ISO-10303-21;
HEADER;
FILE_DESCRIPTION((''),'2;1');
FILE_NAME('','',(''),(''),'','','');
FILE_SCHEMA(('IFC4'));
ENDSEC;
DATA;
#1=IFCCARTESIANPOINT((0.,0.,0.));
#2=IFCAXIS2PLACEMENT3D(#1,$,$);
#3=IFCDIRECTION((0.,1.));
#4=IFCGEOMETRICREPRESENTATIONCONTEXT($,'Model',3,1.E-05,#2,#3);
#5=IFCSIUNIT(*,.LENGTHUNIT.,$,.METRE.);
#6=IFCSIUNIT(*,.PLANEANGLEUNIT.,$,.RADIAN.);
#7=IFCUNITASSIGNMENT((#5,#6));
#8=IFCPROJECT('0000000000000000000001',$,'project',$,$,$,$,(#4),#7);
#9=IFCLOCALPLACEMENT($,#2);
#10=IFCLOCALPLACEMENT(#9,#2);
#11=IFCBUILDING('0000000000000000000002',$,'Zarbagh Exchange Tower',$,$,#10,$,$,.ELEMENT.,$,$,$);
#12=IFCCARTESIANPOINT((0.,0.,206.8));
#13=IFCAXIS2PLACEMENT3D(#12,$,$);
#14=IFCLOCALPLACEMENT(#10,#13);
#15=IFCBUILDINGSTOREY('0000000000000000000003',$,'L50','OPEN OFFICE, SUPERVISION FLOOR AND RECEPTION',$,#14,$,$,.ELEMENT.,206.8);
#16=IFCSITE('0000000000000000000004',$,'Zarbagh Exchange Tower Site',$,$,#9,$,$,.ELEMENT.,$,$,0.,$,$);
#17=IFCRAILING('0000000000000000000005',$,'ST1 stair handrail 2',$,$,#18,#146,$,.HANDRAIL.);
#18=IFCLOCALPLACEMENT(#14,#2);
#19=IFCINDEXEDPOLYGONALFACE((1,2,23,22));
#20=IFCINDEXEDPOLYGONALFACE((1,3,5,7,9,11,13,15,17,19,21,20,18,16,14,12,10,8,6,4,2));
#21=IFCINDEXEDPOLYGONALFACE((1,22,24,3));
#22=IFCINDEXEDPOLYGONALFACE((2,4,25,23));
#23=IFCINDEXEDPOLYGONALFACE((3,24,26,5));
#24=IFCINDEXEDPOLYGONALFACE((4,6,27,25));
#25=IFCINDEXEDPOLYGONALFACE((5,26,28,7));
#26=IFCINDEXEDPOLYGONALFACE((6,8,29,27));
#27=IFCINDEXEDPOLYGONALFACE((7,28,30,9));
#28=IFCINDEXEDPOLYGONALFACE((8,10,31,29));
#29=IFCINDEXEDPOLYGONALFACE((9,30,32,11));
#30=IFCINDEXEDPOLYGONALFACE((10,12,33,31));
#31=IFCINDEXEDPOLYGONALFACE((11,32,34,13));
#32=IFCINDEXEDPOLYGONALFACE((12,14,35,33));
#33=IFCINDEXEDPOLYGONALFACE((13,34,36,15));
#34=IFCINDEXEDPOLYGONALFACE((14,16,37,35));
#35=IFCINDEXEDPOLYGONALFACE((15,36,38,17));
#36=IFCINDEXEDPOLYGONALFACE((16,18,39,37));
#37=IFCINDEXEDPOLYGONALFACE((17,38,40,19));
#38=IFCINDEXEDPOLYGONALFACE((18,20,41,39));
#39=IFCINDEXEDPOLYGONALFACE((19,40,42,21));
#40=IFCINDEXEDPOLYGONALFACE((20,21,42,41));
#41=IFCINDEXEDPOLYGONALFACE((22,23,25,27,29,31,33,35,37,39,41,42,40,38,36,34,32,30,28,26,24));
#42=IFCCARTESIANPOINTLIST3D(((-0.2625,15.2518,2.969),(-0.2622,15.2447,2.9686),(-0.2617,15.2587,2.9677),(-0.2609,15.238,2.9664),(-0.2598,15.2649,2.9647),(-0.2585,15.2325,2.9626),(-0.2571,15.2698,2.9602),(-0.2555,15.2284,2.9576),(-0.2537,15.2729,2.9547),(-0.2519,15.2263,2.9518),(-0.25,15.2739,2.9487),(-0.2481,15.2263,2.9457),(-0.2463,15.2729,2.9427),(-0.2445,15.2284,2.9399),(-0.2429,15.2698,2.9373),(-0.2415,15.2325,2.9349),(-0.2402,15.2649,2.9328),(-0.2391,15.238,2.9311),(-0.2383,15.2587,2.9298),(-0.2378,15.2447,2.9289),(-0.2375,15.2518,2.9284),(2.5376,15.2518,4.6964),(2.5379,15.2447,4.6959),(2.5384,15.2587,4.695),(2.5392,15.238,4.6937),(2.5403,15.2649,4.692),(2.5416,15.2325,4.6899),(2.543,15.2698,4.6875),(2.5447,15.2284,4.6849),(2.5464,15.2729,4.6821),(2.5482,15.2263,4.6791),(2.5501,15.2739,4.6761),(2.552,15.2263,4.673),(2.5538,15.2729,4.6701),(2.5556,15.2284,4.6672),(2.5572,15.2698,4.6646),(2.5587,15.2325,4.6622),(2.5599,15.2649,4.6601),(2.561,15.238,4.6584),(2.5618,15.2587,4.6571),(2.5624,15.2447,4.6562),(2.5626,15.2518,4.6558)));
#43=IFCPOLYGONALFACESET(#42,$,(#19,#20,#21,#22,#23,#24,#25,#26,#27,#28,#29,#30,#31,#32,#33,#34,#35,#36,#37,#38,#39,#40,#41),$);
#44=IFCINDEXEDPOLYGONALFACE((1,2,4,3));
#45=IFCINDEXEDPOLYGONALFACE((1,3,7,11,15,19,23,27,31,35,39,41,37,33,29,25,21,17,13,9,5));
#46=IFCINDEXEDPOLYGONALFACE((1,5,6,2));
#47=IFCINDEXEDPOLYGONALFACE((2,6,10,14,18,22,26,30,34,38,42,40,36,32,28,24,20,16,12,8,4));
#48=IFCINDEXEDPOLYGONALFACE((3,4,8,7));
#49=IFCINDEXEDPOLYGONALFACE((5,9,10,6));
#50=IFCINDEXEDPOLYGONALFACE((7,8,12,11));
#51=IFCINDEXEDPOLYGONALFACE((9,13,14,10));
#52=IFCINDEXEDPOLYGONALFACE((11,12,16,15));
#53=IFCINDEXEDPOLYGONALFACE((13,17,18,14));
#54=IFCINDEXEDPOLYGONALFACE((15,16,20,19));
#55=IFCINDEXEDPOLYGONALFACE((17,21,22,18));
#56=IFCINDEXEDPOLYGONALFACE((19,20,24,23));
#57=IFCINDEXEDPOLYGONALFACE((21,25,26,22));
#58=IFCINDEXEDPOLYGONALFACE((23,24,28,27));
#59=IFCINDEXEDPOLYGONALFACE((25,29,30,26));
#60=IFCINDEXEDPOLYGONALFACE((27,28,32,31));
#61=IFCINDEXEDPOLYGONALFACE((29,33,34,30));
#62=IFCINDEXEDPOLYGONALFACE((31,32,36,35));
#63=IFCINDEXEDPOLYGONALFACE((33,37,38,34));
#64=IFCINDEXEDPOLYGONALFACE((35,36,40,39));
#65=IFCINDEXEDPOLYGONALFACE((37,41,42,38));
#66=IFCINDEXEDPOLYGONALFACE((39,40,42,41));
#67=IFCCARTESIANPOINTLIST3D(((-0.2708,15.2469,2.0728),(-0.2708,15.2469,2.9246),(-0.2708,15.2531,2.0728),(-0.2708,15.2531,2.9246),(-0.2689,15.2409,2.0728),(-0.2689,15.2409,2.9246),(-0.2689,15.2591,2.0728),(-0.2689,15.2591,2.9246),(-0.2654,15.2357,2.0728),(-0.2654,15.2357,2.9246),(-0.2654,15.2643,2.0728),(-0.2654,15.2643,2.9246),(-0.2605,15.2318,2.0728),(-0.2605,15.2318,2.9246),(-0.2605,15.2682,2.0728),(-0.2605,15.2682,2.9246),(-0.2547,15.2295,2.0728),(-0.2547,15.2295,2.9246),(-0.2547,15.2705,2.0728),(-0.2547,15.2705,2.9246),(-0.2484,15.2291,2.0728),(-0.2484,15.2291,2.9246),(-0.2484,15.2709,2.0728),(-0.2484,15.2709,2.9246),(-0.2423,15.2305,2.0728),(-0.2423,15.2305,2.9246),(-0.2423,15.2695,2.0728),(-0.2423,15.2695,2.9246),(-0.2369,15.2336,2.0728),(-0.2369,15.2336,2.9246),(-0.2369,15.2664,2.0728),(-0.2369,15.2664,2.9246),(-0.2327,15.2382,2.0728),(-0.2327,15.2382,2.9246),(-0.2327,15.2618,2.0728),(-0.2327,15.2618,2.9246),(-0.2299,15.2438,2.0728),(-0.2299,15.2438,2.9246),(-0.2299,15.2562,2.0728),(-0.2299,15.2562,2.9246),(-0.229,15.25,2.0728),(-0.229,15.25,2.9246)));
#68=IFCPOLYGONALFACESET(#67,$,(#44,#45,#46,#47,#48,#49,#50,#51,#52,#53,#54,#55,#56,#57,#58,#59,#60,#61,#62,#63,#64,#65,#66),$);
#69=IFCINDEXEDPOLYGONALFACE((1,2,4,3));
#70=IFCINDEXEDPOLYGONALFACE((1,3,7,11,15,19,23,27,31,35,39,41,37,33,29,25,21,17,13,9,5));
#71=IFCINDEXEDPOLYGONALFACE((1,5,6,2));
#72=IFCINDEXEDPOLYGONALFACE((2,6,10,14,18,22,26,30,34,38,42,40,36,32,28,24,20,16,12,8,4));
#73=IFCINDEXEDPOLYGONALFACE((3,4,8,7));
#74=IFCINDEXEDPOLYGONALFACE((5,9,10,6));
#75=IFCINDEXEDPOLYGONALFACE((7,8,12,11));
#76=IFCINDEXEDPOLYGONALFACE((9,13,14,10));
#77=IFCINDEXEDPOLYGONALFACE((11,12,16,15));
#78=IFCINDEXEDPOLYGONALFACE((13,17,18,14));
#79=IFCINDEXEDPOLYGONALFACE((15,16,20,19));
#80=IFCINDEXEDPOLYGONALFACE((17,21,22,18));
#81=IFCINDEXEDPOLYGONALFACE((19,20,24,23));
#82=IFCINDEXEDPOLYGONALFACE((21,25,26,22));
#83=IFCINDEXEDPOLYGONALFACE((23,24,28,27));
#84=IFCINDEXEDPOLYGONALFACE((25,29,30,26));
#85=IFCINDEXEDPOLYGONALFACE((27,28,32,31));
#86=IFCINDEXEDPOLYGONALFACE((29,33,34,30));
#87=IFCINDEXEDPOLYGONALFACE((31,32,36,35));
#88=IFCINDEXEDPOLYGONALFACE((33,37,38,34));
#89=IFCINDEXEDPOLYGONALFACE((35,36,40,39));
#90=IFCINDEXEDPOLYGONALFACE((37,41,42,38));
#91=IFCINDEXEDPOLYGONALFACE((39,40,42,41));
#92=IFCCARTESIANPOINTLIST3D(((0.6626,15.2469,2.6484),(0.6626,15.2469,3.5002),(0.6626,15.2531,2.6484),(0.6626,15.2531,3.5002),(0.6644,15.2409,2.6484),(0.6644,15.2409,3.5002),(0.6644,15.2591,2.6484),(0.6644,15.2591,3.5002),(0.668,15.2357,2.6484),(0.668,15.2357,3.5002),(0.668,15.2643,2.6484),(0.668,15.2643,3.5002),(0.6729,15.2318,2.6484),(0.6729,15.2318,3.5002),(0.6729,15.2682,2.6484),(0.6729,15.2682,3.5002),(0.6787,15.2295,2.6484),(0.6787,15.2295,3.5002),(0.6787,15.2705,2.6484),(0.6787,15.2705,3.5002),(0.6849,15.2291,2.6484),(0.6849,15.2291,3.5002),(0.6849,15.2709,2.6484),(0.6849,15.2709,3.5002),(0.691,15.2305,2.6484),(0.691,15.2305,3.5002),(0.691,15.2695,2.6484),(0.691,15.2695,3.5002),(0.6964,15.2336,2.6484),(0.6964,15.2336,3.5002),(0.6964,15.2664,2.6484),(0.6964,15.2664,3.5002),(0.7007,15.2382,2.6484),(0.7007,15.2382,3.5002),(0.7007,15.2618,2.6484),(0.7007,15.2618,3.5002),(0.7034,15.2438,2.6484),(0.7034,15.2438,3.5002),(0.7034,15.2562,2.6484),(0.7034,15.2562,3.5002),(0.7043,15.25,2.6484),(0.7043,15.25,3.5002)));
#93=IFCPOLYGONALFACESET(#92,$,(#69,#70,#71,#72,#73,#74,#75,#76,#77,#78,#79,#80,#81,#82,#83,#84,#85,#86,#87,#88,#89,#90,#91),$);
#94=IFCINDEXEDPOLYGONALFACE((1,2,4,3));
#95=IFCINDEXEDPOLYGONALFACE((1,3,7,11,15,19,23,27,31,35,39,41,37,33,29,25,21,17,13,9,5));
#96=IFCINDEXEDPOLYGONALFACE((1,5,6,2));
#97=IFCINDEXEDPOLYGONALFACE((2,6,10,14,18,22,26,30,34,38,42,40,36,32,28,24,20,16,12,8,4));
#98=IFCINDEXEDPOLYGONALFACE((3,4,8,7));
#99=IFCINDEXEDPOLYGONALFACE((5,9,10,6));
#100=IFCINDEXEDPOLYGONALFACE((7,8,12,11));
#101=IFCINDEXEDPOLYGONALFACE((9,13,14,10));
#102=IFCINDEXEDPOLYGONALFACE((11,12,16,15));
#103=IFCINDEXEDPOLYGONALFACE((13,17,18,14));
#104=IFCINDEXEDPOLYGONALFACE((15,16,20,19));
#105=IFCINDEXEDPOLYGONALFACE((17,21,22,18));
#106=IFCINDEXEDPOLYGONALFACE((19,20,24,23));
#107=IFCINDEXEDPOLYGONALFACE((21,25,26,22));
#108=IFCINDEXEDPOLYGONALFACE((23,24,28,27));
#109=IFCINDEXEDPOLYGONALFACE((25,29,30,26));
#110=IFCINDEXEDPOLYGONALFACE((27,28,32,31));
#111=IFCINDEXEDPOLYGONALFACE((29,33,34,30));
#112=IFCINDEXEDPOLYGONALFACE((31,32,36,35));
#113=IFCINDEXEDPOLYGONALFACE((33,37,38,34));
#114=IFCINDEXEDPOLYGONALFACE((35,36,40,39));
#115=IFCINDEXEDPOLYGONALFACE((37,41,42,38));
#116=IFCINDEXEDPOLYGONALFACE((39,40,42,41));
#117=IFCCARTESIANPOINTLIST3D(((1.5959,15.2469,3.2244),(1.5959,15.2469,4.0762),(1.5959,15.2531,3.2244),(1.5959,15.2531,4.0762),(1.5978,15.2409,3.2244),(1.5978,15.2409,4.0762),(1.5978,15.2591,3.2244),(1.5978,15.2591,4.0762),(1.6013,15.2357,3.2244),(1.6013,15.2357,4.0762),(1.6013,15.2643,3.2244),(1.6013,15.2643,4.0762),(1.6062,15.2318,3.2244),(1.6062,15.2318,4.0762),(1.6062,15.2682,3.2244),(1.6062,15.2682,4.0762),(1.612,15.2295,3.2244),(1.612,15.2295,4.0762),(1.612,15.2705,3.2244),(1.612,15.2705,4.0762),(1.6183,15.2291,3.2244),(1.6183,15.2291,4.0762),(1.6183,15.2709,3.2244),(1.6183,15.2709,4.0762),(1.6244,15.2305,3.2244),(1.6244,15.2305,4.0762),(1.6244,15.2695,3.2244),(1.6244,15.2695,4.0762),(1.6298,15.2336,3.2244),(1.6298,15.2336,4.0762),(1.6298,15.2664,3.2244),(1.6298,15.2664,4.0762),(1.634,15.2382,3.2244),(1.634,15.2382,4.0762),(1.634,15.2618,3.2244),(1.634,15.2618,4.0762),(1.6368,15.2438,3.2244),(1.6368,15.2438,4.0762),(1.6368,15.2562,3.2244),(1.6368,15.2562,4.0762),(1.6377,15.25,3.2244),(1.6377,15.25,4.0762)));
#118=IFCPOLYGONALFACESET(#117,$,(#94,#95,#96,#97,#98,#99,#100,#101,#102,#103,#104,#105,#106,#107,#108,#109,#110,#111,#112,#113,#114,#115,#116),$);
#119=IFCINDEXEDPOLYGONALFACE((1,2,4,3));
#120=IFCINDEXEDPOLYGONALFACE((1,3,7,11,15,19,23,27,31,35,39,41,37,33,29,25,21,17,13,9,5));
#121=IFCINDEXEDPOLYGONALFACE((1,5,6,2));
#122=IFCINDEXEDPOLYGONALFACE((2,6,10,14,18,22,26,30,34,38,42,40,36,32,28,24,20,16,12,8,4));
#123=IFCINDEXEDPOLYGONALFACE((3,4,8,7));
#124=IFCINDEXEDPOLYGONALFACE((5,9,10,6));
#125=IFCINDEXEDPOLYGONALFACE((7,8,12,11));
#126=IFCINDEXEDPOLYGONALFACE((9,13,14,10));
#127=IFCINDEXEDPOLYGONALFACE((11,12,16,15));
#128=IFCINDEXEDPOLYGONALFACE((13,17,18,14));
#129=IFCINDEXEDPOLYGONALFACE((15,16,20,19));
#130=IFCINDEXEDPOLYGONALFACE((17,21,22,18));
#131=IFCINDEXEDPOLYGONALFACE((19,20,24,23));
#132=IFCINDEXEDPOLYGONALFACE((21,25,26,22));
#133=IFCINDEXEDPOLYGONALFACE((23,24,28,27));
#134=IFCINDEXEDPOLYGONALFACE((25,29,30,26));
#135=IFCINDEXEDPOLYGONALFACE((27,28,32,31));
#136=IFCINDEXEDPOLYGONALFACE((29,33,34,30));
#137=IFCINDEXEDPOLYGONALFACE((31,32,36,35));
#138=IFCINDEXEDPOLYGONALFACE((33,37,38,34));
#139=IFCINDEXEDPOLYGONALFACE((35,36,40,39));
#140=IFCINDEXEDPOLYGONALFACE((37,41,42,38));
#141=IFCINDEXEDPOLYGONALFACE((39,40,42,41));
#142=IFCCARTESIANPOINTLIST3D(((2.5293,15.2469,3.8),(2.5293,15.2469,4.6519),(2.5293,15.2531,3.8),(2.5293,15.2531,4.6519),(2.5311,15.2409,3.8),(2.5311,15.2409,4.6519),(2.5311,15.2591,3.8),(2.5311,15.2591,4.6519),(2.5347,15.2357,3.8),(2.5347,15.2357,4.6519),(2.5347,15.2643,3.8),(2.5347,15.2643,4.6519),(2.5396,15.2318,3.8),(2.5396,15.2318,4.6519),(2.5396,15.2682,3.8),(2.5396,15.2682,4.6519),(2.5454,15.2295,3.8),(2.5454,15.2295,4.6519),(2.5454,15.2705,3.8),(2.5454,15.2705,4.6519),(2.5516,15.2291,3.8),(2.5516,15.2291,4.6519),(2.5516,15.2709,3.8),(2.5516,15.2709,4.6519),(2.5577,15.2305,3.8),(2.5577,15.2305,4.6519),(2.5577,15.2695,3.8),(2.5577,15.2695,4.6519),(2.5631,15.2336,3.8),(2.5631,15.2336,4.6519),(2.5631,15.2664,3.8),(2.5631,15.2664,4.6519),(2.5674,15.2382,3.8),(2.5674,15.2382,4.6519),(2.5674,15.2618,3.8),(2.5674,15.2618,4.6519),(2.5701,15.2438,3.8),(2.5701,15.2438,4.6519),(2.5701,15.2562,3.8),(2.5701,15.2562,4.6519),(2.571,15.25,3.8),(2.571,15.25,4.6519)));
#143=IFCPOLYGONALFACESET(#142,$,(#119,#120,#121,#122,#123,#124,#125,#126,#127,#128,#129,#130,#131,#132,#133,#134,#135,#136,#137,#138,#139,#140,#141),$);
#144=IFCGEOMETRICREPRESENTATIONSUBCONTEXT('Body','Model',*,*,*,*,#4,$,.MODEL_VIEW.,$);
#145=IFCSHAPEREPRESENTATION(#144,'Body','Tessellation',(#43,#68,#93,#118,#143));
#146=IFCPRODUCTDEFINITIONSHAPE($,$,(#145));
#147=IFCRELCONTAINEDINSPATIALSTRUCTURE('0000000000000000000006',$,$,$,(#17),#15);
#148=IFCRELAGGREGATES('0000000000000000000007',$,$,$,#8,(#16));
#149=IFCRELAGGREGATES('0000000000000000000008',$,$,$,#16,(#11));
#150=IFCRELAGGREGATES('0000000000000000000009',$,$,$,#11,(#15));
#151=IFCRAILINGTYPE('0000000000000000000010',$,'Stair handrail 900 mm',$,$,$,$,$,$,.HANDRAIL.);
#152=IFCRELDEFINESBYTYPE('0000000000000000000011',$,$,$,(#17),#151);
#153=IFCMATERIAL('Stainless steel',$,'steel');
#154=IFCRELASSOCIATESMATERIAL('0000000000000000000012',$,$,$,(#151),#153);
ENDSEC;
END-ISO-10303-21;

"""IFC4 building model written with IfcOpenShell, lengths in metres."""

from ifc_helpers import new_model, si_unit, direction, frame, origin, origin_2d, place, context, subcontext, project, spatial, circle, extrude, material, type_object, element, save


model = new_model("IFC4")

# Units and contexts
model_context = context("Model", 3, precision=1e-05, world=origin(), true_north=direction((0.0, 1.0)))
body_context = subcontext(model_context, "Body", "Model", "MODEL_VIEW")
ifc_project = project(units=[si_unit("LENGTHUNIT", "METRE"), si_unit("PLANEANGLEUNIT", "RADIAN")], contexts=[model_context])

# Site, building, storey
site_placement = place(None, origin())
site = spatial("IfcSite", under=ifc_project, at=site_placement, Name="Zarbagh Exchange Tower Site", CompositionType="ELEMENT", RefElevation=0.0)
building_placement = place(site_placement, origin())
building = spatial("IfcBuilding", under=site, at=building_placement, Name="Zarbagh Exchange Tower", CompositionType="ELEMENT")
storey_placement = place(building_placement, frame((0.0, 0.0, 206.8)))
storey = spatial("IfcBuildingStorey", under=building, at=storey_placement, Name="L50", Description="OPEN OFFICE, SUPERVISION FLOOR AND RECEPTION", CompositionType="ELEMENT", Elevation=206.8)

# Railing
ifc_material_1 = material(Name="Stainless steel", Category="steel")
railing_type = type_object("IfcRailingType", Name="Stair handrail 900 mm", PredefinedType="HANDRAIL", material=ifc_material_1)
railing_placement = place(storey_placement, frame((-0.25, 15.25, 2.0728)))
element("IfcRailing", 1, at=railing_placement, inside=storey, type_object=railing_type, Name="ST1 stair handrail 2", PredefinedType="HANDRAIL", context=body_context, shape_type="SweptSolid", body=[
    extrude(circle(Radius=0.0239, at=origin_2d()), frame((0.0, 0.0, 0.876), z_axis=(0.85109, 0.0, 0.52502), x_axis=(0.0, 1.0, 0.0)), (0.0, 0.0, 1.0), 3.29),
    extrude(circle(Radius=0.021, at=origin_2d()), origin(), (0.0, 0.0, 1.0), 0.8518),
    extrude(circle(Radius=0.021, at=origin_2d()), frame((0.9333, 0.0, 0.5757)), (0.0, 0.0, 1.0), 0.8518),
    extrude(circle(Radius=0.021, at=origin_2d()), frame((1.8667, 0.0, 1.1516)), (0.0, 0.0, 1.0), 0.8518),
    extrude(circle(Radius=0.021, at=origin_2d()), frame((2.8, 0.0, 1.7273)), (0.0, 0.0, 1.0), 0.8518),
])

save(model, "model.ifc")
